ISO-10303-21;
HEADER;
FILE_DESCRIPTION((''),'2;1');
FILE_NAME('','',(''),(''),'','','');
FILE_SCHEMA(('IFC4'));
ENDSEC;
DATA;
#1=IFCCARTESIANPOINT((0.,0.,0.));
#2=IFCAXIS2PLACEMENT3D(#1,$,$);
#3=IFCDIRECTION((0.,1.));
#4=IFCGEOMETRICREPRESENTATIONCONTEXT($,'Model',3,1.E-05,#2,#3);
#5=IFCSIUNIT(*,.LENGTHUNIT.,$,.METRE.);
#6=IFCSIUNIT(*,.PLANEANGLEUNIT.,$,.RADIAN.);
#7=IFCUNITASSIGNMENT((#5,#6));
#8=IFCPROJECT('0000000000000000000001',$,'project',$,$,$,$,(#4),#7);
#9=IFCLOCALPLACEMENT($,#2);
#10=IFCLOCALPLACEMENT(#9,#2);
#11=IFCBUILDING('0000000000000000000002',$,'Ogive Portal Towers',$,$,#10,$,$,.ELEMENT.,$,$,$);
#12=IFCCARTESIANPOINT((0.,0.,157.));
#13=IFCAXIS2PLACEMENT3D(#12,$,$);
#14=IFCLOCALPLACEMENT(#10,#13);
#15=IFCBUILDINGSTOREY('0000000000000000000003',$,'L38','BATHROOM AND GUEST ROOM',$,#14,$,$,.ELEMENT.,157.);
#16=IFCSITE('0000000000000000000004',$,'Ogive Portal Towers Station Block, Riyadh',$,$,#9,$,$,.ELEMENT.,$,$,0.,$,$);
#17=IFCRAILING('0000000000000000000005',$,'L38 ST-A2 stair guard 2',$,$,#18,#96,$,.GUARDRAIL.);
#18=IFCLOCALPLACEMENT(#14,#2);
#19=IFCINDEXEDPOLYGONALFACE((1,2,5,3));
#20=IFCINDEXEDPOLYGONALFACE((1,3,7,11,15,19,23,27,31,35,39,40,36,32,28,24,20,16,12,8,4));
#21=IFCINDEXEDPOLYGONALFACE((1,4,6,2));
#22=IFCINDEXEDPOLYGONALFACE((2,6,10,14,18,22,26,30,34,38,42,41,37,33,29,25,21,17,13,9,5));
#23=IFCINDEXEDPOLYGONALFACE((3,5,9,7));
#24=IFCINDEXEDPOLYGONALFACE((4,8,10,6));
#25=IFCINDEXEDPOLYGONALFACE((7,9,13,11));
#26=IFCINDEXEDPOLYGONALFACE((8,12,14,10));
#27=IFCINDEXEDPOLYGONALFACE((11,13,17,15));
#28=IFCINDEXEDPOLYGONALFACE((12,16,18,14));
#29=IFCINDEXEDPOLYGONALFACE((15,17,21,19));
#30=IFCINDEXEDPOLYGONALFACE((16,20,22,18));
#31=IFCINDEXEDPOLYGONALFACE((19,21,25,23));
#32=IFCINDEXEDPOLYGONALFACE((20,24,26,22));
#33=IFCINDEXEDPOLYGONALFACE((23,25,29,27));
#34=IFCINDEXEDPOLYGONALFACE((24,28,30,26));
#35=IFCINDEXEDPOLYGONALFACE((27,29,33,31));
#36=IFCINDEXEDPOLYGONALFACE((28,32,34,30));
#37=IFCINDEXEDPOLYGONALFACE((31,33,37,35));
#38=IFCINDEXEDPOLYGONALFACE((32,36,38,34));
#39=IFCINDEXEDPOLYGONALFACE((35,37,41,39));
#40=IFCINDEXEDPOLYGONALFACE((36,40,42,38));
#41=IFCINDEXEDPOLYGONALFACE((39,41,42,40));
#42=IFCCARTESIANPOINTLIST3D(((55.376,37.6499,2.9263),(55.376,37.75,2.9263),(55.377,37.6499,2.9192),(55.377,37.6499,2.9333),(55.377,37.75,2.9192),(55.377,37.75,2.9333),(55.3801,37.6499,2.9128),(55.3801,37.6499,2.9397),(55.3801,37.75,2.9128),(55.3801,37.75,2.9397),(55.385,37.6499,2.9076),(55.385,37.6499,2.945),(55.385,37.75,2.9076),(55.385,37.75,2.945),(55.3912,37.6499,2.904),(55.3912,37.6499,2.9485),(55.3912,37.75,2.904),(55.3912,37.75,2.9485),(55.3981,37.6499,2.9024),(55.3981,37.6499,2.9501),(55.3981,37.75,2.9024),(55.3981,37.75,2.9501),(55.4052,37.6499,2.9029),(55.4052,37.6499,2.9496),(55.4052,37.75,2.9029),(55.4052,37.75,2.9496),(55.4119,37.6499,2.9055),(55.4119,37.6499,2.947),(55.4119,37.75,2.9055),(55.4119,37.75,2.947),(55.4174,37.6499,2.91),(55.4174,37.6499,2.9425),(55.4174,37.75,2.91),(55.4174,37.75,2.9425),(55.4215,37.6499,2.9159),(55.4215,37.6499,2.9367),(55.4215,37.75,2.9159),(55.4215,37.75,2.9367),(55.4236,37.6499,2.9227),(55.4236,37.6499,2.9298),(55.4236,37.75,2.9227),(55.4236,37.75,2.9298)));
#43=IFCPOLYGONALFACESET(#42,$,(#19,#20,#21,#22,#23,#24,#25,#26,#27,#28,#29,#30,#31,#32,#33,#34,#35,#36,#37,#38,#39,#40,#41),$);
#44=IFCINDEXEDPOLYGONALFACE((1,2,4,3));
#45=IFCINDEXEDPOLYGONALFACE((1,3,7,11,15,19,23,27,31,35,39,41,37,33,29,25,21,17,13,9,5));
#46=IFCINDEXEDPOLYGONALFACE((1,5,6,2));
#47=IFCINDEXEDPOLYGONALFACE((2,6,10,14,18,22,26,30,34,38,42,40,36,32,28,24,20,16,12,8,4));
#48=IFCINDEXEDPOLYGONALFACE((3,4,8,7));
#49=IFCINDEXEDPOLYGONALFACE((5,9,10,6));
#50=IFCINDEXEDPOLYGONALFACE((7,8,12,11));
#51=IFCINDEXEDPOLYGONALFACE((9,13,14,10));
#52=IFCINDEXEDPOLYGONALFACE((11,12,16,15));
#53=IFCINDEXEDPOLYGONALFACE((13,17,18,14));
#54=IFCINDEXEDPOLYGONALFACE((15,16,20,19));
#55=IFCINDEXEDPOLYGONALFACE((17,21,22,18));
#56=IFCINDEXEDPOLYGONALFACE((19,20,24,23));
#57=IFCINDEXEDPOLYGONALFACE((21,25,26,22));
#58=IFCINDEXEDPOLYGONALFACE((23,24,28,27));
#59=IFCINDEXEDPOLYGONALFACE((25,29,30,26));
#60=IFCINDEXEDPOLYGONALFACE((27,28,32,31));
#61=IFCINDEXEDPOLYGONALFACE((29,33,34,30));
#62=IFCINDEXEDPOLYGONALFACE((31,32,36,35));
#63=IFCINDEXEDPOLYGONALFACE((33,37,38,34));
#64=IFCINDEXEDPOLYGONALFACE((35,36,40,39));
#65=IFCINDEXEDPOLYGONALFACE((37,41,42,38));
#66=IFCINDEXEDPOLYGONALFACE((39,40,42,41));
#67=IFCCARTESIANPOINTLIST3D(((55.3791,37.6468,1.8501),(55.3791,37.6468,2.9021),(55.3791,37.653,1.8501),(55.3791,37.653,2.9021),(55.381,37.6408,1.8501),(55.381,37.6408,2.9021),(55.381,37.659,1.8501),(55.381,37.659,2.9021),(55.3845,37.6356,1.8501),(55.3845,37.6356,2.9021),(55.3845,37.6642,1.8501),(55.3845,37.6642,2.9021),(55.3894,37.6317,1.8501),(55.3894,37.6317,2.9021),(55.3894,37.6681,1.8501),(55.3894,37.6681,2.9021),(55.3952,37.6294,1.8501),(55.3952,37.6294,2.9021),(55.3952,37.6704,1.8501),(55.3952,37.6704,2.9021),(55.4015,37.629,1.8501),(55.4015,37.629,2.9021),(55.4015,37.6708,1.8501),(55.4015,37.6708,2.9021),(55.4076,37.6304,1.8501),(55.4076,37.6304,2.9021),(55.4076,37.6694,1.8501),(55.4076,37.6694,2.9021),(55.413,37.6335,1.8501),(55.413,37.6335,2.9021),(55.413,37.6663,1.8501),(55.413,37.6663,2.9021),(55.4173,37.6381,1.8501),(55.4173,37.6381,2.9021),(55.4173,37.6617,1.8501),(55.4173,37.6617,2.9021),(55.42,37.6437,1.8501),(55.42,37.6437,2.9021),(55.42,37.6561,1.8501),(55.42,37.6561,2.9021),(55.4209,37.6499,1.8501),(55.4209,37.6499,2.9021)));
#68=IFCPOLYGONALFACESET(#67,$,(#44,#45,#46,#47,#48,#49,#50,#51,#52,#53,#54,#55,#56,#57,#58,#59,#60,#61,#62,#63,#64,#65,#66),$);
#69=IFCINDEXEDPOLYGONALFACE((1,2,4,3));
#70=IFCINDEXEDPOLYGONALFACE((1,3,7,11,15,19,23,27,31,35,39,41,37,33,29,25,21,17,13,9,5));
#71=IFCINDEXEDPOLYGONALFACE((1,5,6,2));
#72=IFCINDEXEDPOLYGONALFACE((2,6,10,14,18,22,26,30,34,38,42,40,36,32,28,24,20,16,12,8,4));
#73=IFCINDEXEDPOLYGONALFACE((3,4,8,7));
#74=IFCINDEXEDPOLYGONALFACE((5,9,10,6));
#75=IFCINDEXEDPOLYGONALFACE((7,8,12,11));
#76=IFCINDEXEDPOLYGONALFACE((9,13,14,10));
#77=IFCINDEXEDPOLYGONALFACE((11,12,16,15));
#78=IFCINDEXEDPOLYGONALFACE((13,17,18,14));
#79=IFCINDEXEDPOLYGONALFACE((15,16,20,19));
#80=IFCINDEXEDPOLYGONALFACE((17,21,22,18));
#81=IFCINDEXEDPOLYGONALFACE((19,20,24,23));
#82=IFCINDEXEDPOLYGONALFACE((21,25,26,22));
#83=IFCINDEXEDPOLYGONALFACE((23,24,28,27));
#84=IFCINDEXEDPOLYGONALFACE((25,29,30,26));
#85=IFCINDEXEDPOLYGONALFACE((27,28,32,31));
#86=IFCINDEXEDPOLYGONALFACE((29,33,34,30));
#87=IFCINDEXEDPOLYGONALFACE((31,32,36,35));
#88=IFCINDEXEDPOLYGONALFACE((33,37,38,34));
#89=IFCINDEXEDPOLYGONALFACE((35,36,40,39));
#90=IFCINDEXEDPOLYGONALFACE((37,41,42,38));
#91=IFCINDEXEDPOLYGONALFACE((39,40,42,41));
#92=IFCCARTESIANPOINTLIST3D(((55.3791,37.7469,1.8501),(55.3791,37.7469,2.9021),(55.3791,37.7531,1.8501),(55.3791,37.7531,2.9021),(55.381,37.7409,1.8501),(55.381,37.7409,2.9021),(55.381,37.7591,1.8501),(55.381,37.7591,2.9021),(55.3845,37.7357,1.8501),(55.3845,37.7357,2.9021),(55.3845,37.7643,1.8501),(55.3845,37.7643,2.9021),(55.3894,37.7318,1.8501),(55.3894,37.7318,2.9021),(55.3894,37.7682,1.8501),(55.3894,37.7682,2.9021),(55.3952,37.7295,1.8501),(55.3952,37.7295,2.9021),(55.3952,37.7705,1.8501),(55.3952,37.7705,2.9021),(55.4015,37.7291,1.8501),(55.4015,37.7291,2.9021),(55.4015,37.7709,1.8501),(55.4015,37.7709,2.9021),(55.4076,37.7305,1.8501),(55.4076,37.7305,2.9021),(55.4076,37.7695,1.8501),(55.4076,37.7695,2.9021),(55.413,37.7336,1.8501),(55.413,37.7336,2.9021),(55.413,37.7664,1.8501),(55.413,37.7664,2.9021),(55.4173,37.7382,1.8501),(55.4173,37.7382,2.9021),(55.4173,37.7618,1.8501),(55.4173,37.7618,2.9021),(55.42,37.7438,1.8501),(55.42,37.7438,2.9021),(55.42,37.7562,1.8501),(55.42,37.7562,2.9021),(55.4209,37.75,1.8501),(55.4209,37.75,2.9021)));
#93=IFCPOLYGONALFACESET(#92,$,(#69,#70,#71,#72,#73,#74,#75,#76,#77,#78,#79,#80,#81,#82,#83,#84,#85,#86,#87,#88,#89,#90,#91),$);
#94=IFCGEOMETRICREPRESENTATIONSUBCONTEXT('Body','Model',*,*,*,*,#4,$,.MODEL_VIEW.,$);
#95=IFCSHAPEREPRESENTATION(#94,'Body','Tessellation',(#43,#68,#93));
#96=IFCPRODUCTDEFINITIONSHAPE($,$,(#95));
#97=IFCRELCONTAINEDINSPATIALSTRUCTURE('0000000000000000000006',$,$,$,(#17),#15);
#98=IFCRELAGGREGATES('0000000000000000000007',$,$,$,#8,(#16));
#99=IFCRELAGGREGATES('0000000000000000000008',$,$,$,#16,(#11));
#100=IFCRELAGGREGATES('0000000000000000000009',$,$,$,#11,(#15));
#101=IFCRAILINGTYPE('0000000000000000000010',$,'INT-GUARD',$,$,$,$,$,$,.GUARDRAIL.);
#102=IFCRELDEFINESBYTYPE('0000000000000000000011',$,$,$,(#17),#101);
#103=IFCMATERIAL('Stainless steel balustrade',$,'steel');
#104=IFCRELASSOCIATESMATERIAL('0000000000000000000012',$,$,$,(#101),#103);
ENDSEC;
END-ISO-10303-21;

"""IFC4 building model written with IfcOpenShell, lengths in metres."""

from ifc_helpers import new_model, si_unit, direction, frame, origin, origin_2d, place, context, subcontext, project, spatial, circle, extrude, material, type_object, element, save


model = new_model("IFC4")

# Units and contexts
model_context = context("Model", 3, precision=1e-05, world=origin(), true_north=direction((0.0, 1.0)))
body_context = subcontext(model_context, "Body", "Model", "MODEL_VIEW")
ifc_project = project(units=[si_unit("LENGTHUNIT", "METRE"), si_unit("PLANEANGLEUNIT", "RADIAN")], contexts=[model_context])

# Site, building, storey
site_placement = place(None, origin())
site = spatial("IfcSite", under=ifc_project, at=site_placement, Name="Ogive Portal Towers Station Block, Riyadh", CompositionType="ELEMENT", RefElevation=0.0)
building_placement = place(site_placement, origin())
building = spatial("IfcBuilding", under=site, at=building_placement, Name="Ogive Portal Towers", CompositionType="ELEMENT")
storey_placement = place(building_placement, frame((0.0, 0.0, 157.0)))
storey = spatial("IfcBuildingStorey", under=building, at=storey_placement, Name="L38", Description="BATHROOM AND GUEST ROOM", CompositionType="ELEMENT", Elevation=157.0)

# Railing
ifc_material_1 = material(Name="Stainless steel balustrade", Category="steel")
railing_type_1 = type_object("IfcRailingType", Name="INT-GUARD", PredefinedType="GUARDRAIL", material=ifc_material_1)
railing_1_placement = place(storey_placement, frame((55.3999, 37.6499, 1.8501)))
element("IfcRailing", 1, at=railing_1_placement, inside=storey, type_object=railing_type_1, Name="L38 ST-A2 stair guard 2", PredefinedType="GUARDRAIL", context=body_context, shape_type="SweptSolid", body=[
    extrude(circle(Radius=0.0239, at=origin_2d()), frame((0.0, 0.0, 1.0762), z_axis=(0.0, 1.0, 0.0), x_axis=(-1.0, 0.0, 0.0)), (0.0, 0.0, 1.0), 0.1001),
    extrude(circle(Radius=0.021, at=origin_2d()), origin(), (0.0, 0.0, 1.0), 1.052),
    extrude(circle(Radius=0.021, at=origin_2d()), frame((0.0, 0.1001, 0.0)), (0.0, 0.0, 1.0), 1.052),
])

save(model, "model.ifc")
